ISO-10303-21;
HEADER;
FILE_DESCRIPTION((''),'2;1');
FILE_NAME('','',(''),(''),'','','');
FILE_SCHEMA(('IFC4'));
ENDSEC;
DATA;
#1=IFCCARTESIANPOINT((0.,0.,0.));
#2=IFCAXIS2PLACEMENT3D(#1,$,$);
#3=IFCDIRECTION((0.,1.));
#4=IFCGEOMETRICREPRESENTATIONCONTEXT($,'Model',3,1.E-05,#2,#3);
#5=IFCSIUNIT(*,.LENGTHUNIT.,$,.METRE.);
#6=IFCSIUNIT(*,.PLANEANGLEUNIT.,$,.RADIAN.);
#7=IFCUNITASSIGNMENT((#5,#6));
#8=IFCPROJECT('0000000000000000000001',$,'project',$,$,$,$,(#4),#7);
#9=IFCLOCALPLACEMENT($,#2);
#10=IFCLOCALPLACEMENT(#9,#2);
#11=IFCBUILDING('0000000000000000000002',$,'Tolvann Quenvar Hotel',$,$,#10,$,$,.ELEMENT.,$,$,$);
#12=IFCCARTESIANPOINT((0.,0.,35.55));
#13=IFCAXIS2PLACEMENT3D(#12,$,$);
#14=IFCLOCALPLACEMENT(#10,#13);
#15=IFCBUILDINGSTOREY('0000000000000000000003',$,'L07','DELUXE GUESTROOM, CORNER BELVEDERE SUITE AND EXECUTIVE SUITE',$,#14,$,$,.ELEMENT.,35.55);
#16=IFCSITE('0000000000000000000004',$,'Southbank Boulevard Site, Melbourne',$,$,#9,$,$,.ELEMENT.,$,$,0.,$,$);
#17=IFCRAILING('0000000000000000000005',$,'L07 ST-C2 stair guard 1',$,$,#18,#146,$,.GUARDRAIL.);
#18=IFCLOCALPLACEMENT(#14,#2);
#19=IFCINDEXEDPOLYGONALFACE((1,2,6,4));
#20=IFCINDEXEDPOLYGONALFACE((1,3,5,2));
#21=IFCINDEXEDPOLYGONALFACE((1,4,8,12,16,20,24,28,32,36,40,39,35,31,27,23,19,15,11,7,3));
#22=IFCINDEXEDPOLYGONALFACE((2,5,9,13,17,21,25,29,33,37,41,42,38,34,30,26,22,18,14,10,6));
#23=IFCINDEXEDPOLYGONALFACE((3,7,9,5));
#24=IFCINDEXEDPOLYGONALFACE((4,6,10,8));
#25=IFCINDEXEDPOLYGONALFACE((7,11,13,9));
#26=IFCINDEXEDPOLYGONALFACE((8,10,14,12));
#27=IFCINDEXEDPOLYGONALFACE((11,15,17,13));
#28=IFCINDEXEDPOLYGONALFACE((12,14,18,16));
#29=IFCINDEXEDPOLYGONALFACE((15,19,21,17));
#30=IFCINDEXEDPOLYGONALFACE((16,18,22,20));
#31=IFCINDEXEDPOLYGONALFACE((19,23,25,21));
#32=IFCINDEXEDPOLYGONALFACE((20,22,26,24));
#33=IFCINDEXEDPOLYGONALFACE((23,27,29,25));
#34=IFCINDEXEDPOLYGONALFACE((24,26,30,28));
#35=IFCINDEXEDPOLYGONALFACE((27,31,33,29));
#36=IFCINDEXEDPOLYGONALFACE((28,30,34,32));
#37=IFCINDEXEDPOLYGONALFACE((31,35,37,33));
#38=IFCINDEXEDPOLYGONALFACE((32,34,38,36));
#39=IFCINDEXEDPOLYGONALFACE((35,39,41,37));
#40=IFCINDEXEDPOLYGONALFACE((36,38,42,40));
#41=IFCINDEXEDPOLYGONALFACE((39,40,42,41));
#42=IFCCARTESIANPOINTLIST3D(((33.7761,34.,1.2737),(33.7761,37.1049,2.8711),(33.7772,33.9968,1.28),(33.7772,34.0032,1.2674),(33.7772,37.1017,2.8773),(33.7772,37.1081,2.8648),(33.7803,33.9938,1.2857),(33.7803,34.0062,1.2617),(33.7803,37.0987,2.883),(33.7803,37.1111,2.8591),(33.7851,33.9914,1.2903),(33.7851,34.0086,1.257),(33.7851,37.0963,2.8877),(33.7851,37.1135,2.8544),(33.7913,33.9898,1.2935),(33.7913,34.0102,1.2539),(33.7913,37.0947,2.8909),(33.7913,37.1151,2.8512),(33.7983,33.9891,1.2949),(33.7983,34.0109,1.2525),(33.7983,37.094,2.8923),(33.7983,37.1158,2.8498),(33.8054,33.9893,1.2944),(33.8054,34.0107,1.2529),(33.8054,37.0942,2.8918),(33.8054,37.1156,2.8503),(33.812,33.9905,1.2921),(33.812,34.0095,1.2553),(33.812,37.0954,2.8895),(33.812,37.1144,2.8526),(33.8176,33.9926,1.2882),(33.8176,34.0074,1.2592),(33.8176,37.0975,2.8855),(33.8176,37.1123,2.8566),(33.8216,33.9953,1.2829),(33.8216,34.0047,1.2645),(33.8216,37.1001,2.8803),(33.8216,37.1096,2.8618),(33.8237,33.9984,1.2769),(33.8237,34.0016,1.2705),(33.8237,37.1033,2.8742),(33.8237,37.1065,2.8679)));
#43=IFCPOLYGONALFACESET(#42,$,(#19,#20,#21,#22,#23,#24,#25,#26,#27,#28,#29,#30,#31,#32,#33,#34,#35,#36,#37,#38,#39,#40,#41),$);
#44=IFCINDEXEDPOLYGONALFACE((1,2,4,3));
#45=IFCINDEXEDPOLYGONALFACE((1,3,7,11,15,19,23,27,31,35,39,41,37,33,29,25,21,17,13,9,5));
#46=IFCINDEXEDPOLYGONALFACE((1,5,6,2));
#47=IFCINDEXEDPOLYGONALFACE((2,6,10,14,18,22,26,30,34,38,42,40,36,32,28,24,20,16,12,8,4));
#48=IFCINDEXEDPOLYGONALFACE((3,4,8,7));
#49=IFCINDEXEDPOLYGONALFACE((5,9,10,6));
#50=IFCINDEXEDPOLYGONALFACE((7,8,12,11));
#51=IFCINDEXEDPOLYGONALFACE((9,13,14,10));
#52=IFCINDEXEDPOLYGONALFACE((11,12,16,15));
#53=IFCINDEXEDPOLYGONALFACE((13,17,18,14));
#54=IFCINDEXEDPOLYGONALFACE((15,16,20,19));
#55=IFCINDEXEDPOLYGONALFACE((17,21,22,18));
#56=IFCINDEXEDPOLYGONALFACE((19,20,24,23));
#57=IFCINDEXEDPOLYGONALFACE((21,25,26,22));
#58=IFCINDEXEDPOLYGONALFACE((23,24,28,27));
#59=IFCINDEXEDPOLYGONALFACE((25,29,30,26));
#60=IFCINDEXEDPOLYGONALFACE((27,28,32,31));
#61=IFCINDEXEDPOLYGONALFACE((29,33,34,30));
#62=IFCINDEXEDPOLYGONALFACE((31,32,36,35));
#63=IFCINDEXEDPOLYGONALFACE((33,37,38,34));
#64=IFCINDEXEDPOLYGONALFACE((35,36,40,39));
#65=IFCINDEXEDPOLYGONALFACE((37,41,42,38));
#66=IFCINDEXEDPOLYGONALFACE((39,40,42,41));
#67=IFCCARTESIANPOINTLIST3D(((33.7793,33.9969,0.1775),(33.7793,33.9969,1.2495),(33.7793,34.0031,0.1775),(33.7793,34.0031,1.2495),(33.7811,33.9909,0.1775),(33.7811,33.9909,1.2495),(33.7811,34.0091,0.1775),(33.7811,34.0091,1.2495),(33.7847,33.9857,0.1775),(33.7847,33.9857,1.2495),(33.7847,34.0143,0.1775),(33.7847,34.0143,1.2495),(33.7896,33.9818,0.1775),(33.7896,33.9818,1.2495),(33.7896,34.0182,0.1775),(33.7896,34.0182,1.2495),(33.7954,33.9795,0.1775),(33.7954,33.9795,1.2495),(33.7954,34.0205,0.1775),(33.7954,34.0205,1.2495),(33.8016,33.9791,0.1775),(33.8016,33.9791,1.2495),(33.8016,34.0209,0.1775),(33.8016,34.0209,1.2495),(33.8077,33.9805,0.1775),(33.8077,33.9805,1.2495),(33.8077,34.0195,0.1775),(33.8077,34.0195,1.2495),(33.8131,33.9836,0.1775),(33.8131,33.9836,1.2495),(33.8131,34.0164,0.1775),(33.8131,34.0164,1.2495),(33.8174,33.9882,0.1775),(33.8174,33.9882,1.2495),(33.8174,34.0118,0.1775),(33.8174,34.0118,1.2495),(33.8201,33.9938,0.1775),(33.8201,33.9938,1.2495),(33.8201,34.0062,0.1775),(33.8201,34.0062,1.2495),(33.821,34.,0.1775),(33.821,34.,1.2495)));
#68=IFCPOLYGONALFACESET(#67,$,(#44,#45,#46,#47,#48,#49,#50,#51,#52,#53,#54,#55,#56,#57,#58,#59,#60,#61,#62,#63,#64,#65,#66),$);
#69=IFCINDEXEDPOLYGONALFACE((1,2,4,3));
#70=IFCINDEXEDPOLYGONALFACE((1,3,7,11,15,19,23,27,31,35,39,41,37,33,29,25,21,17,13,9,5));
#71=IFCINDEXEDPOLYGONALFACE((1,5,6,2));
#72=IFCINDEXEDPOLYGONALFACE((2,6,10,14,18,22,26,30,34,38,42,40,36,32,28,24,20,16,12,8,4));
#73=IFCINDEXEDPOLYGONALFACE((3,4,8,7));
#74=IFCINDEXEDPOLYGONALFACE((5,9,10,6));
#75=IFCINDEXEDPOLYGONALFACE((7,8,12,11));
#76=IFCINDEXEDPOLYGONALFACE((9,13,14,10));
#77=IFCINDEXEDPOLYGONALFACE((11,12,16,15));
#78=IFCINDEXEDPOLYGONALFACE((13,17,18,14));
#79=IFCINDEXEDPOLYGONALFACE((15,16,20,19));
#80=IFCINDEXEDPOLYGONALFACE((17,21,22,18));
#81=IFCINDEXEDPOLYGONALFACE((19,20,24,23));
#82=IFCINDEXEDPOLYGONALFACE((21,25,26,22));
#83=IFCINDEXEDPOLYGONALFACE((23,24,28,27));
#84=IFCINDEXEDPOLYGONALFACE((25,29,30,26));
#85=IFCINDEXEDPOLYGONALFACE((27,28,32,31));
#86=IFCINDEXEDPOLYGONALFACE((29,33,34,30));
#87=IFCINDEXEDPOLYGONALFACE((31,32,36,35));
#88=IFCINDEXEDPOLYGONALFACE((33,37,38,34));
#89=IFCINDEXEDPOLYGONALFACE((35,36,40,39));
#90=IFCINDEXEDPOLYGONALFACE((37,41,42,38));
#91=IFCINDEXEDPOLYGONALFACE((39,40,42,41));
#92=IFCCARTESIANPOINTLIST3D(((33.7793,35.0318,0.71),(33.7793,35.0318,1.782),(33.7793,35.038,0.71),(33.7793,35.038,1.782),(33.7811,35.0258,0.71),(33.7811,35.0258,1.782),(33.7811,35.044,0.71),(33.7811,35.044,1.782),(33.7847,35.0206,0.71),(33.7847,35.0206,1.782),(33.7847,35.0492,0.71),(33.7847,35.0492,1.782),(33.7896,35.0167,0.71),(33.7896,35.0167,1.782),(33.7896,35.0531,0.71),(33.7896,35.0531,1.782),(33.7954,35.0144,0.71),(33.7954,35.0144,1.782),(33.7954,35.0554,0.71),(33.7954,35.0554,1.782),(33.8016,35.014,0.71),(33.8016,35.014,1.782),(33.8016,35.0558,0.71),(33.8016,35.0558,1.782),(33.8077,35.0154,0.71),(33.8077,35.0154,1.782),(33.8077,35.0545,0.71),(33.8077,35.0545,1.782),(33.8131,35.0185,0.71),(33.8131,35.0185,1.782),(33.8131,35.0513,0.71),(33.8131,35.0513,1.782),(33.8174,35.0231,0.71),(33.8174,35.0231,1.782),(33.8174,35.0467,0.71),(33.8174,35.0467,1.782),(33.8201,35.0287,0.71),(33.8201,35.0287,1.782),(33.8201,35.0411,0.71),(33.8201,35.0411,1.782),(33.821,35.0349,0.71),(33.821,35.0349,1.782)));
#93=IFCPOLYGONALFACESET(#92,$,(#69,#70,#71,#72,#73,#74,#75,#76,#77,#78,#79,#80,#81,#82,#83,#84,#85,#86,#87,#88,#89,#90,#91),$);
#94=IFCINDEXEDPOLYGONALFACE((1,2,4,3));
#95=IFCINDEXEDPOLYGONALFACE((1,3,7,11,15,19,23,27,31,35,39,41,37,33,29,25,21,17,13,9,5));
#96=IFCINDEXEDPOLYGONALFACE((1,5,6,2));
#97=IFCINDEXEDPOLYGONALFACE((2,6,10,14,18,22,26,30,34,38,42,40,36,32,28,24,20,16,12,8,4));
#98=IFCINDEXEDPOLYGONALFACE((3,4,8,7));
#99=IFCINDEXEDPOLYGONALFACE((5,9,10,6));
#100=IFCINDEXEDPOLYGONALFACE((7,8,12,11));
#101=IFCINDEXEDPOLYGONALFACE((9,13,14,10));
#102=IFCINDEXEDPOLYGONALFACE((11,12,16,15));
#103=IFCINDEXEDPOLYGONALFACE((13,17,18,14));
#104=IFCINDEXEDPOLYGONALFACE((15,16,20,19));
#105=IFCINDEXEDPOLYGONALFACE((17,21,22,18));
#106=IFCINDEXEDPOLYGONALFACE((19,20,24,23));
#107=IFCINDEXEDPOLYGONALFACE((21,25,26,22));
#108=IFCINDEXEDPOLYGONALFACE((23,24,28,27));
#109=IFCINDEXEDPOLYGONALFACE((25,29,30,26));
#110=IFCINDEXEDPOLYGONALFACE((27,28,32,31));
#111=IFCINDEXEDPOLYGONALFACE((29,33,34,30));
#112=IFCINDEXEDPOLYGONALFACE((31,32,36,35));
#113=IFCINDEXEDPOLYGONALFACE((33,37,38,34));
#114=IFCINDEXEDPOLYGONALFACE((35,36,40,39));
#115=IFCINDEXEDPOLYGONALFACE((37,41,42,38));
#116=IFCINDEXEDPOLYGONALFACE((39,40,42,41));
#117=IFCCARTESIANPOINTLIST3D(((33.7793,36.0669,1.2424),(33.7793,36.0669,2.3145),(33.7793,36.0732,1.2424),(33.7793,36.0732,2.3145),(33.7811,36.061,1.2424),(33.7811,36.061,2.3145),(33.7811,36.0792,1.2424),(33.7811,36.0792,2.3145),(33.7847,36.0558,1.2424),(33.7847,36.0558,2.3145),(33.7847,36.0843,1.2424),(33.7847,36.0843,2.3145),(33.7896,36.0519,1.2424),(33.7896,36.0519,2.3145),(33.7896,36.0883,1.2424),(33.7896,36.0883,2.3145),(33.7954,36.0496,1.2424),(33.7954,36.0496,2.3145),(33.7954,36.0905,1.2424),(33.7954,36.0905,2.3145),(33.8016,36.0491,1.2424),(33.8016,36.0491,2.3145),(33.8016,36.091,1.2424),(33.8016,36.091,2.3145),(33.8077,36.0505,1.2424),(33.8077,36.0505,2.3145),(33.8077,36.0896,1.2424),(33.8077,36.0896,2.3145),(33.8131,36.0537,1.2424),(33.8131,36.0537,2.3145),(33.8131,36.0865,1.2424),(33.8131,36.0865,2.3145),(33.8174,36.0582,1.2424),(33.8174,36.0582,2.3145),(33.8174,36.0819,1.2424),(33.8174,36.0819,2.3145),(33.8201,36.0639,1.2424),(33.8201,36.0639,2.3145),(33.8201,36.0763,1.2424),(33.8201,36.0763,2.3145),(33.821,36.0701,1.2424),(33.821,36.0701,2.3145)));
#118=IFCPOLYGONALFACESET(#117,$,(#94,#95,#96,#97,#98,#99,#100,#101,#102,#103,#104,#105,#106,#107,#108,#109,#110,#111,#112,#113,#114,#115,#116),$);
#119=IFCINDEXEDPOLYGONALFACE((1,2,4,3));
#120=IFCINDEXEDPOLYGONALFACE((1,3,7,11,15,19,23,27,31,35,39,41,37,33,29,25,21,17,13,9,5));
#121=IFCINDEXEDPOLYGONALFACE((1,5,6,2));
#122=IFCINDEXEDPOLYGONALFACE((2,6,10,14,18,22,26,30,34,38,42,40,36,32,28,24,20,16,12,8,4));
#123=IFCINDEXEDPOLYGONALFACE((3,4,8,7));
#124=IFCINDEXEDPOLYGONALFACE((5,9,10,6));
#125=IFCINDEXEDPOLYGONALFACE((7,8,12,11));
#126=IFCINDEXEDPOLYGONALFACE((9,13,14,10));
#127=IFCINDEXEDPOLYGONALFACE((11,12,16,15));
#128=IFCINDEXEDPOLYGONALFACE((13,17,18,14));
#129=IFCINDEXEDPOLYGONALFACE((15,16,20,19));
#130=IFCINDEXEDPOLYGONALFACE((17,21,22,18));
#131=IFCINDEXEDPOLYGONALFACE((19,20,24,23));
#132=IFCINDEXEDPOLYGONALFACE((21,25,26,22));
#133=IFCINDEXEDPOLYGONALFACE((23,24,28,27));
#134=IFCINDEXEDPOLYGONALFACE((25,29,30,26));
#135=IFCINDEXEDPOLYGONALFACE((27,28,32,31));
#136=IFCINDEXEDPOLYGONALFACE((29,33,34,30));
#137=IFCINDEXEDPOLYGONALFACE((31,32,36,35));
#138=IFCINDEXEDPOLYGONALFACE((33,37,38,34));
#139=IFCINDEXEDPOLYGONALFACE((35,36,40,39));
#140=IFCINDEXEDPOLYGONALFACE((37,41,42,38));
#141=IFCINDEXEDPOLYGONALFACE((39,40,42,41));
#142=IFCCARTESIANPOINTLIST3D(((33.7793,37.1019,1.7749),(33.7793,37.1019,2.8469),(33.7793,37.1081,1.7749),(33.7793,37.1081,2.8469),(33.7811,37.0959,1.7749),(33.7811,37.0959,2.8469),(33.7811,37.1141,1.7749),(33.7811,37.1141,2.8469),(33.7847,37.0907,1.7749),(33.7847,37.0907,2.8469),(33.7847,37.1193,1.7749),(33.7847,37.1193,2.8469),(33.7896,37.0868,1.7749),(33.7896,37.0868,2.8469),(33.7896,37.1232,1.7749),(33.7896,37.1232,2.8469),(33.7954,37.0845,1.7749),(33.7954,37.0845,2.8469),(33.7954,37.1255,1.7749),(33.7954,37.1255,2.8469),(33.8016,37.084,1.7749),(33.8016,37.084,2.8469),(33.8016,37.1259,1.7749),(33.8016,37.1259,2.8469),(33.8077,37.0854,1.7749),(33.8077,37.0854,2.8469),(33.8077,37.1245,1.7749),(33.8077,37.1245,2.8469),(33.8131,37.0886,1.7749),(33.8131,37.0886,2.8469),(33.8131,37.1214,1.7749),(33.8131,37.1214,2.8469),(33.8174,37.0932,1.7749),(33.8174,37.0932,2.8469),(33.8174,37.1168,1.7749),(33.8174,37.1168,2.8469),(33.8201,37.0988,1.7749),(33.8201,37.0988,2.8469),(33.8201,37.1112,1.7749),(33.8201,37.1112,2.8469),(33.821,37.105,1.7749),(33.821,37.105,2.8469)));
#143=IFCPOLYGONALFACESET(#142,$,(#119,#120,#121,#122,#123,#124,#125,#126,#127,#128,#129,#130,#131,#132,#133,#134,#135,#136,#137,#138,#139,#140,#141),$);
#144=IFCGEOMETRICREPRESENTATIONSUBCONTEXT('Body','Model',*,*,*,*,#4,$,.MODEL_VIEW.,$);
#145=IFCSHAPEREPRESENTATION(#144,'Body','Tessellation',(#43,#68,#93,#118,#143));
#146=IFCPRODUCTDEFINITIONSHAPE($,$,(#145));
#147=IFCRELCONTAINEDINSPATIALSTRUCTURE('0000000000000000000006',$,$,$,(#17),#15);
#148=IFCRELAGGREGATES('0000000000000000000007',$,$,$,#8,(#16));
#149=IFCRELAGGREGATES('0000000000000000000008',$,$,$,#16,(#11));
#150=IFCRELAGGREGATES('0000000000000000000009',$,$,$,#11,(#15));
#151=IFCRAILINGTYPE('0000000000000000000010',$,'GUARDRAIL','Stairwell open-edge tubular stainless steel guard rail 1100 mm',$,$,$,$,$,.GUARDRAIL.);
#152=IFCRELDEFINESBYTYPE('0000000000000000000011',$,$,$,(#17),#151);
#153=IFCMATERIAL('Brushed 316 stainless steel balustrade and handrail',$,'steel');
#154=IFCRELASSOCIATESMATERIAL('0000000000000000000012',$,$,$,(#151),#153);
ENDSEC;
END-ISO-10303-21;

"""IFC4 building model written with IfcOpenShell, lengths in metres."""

from ifc_helpers import new_model, si_unit, direction, frame, origin, origin_2d, place, context, subcontext, project, spatial, circle, extrude, material, type_object, element, save


model = new_model("IFC4")

# Units and contexts
model_context = context("Model", 3, precision=1e-05, world=origin(), true_north=direction((0.0, 1.0)))
body_context = subcontext(model_context, "Body", "Model", "MODEL_VIEW")
ifc_project = project(units=[si_unit("LENGTHUNIT", "METRE"), si_unit("PLANEANGLEUNIT", "RADIAN")], contexts=[model_context])

# Site, building, storey
site_placement = place(None, origin())
site = spatial("IfcSite", under=ifc_project, at=site_placement, Name="Southbank Boulevard Site, Melbourne", CompositionType="ELEMENT", RefElevation=0.0)
building_placement = place(site_placement, origin())
building = spatial("IfcBuilding", under=site, at=building_placement, Name="Tolvann Quenvar Hotel", CompositionType="ELEMENT")
storey_placement = place(building_placement, frame((0.0, 0.0, 35.55)))
storey = spatial("IfcBuildingStorey", under=building, at=storey_placement, Name="L07", Description="DELUXE GUESTROOM, CORNER BELVEDERE SUITE AND EXECUTIVE SUITE", CompositionType="ELEMENT", Elevation=35.55)

# Railing
ifc_material_1 = material(Name="Brushed 316 stainless steel balustrade and handrail", Category="steel")
railing_type_1 = type_object("IfcRailingType", Name="GUARDRAIL", Description="Stairwell open-edge tubular stainless steel guard rail 1100 mm", PredefinedType="GUARDRAIL", material=ifc_material_1)
railing_1_placement = place(storey_placement, frame((33.8, 34.0, 0.1775)))
element("IfcRailing", 1, at=railing_1_placement, inside=storey, type_object=railing_type_1, Name="L07 ST-C2 stair guard 1", PredefinedType="GUARDRAIL", context=body_context, shape_type="SweptSolid", body=[
    extrude(circle(Radius=0.0239, at=origin_2d()), frame((0.0, 0.0, 1.0962), z_axis=(0.0, 0.889222, 0.457476), x_axis=(-1.0, 0.0, 0.0)), (0.0, 0.0, 1.0), 3.4917),
    extrude(circle(Radius=0.021, at=origin_2d()), origin(), (0.0, 0.0, 1.0), 1.072),
    extrude(circle(Radius=0.021, at=origin_2d()), frame((0.0, 1.0349, 0.5325)), (0.0, 0.0, 1.0), 1.072),
    extrude(circle(Radius=0.021, at=origin_2d()), frame((0.0, 2.0701, 1.0649)), (0.0, 0.0, 1.0), 1.072),
    extrude(circle(Radius=0.021, at=origin_2d()), frame((0.0, 3.105, 1.5974)), (0.0, 0.0, 1.0), 1.072),
])

save(model, "model.ifc")
